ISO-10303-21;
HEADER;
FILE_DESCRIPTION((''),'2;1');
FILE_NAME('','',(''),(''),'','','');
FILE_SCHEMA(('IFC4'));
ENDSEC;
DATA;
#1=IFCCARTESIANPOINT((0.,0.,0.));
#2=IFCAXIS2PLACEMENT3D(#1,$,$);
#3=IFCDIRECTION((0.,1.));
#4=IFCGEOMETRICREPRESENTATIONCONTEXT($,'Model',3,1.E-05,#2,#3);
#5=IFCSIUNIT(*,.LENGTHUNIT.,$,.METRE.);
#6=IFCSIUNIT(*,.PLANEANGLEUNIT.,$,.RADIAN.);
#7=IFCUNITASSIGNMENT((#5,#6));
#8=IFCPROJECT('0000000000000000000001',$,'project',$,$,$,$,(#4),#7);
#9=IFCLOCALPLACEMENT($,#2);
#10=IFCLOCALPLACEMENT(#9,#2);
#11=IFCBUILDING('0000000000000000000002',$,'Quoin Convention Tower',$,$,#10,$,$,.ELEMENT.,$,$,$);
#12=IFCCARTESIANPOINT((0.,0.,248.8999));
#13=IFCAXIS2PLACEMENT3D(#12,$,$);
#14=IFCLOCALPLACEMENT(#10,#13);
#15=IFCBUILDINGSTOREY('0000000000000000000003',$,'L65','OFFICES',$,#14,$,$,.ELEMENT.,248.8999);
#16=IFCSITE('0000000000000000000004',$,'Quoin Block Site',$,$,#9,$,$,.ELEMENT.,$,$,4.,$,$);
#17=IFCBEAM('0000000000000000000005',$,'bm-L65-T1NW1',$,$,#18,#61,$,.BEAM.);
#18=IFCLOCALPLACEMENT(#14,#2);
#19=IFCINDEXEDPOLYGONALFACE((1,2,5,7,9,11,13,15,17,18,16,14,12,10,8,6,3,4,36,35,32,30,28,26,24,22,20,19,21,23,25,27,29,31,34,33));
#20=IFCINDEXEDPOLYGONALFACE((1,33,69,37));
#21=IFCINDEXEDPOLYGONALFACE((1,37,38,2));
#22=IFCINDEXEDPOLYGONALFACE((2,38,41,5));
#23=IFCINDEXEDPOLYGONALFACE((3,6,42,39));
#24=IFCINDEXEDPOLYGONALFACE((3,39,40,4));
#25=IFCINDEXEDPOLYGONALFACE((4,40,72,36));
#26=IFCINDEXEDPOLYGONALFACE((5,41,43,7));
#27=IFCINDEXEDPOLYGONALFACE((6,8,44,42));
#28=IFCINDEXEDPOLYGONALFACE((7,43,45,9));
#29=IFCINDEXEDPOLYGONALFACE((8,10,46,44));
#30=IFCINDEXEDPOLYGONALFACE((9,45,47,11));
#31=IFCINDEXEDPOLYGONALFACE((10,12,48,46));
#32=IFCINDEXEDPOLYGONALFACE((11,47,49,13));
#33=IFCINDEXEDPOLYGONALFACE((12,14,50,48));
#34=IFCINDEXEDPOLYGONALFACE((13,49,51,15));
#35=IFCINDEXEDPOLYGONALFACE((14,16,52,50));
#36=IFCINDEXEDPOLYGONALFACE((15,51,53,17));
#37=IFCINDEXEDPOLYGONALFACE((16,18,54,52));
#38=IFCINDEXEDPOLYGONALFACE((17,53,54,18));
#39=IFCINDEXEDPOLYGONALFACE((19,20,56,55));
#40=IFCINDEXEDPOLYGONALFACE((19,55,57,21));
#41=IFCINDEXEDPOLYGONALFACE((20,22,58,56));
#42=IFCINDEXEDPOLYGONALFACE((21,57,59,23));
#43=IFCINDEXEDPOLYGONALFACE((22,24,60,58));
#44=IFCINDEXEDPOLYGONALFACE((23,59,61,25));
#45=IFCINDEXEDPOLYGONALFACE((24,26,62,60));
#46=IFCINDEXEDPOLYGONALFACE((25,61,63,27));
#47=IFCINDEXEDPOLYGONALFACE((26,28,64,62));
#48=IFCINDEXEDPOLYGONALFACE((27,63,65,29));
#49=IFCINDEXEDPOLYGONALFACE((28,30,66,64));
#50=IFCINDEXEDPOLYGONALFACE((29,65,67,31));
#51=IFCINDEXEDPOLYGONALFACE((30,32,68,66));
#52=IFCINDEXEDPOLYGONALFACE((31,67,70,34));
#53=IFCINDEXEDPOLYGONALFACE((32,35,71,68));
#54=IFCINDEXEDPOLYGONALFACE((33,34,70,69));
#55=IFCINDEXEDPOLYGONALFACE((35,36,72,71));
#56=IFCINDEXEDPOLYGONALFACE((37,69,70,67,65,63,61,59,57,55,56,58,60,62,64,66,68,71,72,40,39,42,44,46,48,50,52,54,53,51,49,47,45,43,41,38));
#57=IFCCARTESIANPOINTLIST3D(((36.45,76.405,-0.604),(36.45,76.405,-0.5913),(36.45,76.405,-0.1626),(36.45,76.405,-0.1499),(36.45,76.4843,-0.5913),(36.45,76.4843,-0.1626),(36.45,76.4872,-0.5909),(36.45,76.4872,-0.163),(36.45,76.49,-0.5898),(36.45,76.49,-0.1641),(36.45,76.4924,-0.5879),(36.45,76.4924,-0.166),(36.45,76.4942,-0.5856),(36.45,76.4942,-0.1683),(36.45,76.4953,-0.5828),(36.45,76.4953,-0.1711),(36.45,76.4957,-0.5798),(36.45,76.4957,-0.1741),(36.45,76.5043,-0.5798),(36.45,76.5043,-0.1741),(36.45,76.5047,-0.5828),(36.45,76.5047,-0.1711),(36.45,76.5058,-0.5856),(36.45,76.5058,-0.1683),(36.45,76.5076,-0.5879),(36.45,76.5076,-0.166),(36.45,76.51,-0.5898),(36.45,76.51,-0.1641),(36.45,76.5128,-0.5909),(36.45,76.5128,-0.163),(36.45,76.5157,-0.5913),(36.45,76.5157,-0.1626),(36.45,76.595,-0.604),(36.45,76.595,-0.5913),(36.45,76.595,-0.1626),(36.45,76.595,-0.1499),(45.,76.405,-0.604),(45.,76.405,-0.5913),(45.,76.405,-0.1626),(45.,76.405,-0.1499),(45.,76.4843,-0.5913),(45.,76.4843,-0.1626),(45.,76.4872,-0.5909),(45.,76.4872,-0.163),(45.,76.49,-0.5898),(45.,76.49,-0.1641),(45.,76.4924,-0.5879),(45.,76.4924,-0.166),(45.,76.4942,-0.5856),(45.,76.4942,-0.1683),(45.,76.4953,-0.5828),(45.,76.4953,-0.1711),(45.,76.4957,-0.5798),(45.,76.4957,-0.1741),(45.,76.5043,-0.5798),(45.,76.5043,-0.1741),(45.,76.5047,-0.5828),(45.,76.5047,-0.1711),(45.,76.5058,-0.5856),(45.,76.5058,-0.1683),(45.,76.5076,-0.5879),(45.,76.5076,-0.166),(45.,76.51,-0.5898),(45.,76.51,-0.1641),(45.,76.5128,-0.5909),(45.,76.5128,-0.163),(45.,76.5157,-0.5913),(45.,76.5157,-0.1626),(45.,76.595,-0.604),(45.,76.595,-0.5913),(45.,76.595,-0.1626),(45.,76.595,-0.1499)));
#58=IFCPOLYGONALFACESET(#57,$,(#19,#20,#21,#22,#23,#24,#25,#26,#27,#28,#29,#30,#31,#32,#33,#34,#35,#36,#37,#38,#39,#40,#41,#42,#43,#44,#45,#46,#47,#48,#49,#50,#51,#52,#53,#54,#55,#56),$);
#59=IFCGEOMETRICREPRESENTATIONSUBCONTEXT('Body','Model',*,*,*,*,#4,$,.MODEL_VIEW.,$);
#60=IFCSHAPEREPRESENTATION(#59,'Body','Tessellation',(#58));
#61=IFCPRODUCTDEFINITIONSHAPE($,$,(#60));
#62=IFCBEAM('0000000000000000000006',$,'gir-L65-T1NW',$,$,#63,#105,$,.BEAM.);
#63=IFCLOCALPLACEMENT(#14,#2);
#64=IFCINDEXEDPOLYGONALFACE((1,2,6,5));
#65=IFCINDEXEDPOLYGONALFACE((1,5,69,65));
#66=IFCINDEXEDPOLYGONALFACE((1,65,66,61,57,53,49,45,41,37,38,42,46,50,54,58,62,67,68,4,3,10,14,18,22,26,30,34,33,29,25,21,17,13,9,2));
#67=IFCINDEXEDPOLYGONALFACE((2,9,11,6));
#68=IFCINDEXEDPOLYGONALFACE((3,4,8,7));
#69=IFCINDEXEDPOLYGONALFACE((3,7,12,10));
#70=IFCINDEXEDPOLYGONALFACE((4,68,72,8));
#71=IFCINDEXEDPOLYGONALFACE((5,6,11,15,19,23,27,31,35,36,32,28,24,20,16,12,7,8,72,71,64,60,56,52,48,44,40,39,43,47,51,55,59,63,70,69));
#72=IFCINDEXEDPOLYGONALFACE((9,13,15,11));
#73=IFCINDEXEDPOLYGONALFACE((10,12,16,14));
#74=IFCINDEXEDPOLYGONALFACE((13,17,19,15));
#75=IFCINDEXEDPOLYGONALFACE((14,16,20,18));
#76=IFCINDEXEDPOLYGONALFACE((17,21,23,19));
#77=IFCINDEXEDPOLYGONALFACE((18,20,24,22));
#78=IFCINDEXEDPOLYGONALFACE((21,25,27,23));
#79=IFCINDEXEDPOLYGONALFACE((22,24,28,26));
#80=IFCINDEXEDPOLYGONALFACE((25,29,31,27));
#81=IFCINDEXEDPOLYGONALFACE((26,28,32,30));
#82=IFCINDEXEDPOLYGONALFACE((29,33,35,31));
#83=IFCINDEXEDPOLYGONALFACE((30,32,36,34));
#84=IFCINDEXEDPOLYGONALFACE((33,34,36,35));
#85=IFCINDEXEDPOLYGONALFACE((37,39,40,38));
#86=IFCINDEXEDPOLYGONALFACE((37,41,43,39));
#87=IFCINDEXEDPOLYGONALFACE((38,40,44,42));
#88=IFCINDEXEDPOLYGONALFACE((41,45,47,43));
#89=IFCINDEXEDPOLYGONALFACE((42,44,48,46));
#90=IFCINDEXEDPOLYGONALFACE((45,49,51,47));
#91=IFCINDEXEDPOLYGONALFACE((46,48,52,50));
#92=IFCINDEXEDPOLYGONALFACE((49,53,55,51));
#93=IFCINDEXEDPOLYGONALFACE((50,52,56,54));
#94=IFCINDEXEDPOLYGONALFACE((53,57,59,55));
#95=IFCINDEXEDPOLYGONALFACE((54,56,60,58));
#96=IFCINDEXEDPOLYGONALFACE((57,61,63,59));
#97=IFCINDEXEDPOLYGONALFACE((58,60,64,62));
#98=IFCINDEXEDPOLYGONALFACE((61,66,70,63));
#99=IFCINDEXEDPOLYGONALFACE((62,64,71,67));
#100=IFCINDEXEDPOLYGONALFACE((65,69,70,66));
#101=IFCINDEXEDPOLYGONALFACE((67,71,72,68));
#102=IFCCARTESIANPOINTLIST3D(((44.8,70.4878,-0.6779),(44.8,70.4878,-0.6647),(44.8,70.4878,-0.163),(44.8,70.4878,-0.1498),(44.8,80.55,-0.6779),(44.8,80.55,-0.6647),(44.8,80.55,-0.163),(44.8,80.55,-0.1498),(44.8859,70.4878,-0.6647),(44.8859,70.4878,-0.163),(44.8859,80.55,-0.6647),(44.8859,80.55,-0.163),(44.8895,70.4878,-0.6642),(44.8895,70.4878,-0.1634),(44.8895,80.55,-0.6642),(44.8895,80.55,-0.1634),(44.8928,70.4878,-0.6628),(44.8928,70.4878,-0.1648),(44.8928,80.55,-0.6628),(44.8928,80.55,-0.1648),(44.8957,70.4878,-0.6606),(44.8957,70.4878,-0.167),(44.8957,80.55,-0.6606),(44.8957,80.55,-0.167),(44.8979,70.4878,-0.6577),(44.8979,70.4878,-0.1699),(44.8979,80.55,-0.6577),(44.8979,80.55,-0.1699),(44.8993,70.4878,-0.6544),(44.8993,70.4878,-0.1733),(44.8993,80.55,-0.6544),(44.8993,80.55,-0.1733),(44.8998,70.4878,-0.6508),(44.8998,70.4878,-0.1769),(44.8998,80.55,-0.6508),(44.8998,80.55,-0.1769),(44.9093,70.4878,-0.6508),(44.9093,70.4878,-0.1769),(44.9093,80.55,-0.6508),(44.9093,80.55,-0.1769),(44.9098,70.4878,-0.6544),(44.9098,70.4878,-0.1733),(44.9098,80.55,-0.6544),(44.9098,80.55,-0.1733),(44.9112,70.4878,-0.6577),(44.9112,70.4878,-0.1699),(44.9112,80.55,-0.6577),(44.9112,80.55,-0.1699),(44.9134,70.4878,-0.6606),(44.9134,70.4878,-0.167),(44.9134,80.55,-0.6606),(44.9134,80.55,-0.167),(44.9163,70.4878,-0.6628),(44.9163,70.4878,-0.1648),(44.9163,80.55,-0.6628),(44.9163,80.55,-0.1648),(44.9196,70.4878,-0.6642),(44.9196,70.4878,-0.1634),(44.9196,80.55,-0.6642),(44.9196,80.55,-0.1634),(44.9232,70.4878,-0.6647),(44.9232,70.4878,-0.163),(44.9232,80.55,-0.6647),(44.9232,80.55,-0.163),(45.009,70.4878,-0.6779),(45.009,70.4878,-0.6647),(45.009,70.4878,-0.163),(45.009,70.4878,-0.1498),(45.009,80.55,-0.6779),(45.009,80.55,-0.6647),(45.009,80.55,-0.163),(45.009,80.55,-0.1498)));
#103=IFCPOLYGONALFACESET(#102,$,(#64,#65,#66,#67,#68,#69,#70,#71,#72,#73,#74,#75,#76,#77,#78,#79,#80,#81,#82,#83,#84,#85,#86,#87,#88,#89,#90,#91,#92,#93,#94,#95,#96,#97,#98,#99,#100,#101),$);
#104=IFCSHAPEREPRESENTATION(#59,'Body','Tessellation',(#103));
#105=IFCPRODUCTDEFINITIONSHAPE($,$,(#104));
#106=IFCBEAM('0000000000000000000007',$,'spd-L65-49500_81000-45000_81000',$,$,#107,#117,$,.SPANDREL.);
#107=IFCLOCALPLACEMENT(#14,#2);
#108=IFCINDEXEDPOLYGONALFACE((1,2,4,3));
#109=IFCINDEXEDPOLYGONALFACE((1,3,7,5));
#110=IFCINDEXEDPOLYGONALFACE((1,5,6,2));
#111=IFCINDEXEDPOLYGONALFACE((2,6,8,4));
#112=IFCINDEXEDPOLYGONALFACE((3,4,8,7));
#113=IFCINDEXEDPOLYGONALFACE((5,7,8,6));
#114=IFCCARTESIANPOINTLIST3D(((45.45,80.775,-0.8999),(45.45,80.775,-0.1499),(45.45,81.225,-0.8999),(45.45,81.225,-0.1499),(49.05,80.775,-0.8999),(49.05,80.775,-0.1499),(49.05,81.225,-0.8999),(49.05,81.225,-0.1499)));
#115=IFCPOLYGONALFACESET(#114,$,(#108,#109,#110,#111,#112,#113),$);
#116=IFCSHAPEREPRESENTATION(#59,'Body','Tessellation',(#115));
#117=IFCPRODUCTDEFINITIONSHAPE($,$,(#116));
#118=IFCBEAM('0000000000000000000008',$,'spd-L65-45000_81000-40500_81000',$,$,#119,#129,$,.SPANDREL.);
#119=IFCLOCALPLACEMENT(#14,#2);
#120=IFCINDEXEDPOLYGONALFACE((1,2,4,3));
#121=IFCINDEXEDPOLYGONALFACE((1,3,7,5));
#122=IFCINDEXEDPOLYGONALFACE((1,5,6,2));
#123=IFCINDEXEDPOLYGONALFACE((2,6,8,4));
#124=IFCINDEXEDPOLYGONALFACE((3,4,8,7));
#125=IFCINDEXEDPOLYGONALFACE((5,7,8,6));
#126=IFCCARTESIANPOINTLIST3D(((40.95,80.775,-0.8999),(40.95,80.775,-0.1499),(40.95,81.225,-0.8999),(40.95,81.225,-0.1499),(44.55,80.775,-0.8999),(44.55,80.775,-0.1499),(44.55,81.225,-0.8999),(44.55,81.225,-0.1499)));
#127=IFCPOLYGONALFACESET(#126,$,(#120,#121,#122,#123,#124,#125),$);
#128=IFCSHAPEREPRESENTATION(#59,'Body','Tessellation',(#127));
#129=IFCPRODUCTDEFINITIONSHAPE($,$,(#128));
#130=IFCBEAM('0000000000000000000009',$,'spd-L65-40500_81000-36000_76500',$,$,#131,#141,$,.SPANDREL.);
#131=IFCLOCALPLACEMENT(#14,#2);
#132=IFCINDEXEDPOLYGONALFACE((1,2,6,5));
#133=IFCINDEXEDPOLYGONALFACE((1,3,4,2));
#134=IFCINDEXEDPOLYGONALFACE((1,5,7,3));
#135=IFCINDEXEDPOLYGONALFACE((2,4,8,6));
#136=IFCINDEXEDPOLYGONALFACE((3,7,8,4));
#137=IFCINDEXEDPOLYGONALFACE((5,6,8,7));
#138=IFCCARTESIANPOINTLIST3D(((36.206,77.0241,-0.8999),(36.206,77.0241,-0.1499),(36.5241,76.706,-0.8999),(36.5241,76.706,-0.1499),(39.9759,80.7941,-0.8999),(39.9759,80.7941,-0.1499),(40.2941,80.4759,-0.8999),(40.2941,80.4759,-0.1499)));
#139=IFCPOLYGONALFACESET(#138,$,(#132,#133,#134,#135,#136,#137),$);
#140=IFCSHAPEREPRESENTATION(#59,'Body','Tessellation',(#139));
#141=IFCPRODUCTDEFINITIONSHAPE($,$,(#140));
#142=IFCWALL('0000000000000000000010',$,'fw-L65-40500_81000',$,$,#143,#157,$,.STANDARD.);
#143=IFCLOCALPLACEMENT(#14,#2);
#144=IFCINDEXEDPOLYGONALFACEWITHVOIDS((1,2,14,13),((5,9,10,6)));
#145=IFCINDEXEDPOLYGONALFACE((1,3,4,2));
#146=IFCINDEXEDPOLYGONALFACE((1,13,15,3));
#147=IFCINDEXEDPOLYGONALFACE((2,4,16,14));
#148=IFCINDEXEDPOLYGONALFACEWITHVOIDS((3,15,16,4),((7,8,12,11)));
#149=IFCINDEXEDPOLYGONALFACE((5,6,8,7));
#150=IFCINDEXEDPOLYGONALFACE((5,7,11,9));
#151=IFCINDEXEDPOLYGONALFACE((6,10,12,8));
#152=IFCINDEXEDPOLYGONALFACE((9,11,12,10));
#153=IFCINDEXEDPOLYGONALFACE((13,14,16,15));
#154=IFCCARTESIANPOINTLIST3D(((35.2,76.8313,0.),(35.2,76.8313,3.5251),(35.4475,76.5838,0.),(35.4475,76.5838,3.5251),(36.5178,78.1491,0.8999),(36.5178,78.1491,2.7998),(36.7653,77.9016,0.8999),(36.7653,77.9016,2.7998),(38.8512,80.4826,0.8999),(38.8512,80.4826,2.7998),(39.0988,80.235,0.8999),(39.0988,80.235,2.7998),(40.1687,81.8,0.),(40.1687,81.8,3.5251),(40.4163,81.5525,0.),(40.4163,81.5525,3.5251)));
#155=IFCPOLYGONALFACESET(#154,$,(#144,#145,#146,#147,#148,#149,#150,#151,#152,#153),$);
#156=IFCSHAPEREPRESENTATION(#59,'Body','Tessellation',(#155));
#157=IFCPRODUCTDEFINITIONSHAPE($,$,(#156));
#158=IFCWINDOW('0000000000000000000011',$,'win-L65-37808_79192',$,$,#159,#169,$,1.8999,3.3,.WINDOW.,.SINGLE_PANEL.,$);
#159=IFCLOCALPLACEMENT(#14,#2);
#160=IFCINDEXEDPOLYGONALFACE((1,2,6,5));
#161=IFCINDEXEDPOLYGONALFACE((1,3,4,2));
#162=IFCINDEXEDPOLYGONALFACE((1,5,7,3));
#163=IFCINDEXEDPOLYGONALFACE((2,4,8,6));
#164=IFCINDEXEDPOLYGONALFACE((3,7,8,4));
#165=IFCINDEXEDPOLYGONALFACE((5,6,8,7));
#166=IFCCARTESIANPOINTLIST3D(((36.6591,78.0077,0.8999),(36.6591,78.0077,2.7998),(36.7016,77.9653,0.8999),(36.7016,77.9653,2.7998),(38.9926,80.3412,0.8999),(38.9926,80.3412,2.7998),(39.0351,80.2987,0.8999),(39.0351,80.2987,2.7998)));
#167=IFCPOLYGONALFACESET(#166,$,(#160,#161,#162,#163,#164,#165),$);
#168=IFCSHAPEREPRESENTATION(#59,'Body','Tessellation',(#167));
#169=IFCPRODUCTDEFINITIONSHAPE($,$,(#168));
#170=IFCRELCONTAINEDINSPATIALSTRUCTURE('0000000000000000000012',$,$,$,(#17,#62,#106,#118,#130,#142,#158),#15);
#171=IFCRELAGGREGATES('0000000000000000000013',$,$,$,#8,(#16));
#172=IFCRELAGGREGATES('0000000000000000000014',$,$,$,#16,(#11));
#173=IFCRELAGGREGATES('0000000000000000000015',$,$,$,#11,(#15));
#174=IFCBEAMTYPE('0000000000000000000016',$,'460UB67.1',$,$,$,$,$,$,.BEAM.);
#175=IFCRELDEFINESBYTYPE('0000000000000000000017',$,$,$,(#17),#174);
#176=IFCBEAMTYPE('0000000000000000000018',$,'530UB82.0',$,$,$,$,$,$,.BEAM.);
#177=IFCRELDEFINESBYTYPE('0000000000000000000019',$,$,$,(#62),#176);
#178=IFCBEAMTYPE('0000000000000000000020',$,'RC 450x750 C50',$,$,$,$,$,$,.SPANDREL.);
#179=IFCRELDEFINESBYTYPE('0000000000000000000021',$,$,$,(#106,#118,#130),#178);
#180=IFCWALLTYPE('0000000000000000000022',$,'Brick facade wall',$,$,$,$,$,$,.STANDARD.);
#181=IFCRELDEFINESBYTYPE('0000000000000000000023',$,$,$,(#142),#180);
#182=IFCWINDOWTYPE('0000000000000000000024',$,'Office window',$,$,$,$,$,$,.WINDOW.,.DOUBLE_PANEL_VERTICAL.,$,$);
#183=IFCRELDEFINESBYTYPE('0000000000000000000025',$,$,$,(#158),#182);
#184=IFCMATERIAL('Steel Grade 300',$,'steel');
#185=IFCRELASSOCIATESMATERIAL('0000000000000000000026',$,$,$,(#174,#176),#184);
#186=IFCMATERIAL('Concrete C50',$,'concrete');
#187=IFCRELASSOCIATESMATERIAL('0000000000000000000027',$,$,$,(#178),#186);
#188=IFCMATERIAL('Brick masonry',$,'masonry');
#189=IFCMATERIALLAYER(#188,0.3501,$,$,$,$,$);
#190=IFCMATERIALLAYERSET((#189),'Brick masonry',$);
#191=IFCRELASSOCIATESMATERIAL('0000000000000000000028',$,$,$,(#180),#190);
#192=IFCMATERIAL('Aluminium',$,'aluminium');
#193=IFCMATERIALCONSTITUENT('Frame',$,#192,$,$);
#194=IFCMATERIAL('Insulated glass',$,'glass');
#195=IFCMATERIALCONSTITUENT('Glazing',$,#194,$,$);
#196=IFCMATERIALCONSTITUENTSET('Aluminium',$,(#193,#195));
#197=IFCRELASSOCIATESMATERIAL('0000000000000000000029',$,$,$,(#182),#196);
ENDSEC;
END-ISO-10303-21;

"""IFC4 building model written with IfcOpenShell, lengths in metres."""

from ifc_helpers import new_model, si_unit, direction, frame, frame_2d, origin, origin_2d, place, context, subcontext, project, spatial, rectangle, i_section, extrude, material, layer, layer_set, constituent, constituent_set, material_profile, profile_set, type_object, element, fill, save


model = new_model("IFC4")

# Units and contexts
model_context = context("Model", 3, precision=1e-05, world=origin(), true_north=direction((0.0, 1.0)))
body_context = subcontext(model_context, "Body", "Model", "MODEL_VIEW")
ifc_project = project(units=[si_unit("LENGTHUNIT", "METRE"), si_unit("PLANEANGLEUNIT", "RADIAN")], contexts=[model_context])

# Site, building, storey
site_placement = place(None, origin())
site = spatial("IfcSite", under=ifc_project, at=site_placement, Name="Quoin Block Site", CompositionType="ELEMENT", RefElevation=4.0)
building_placement = place(site_placement, origin())
building = spatial("IfcBuilding", under=site, at=building_placement, Name="Quoin Convention Tower", CompositionType="ELEMENT")
storey_placement = place(building_placement, frame((0.0, 0.0, 248.8999)))
storey = spatial("IfcBuildingStorey", under=building, at=storey_placement, Name="L65", Description="OFFICES", CompositionType="ELEMENT", Elevation=248.8999)

# Shared definitions
ifc_material_1 = material(Name="Concrete C50", Category="concrete")

# Beams
ifc_material_2 = material(Name="Steel Grade 300", Category="steel")
ifc_material_profile_1 = material_profile(ifc_material_2, i_section(OverallWidth=0.1899, OverallDepth=0.4541, WebThickness=0.0085, FlangeThickness=0.0127, FilletRadius=0.0115, at=origin_2d()), Name="460UB67.1")
ifc_profile_set_1 = profile_set([ifc_material_profile_1], Name="Steel Grade 300")
beam_type_1 = type_object("IfcBeamType", Name="460UB67.1", PredefinedType="BEAM", material=ifc_profile_set_1)
beam_1_placement = place(storey_placement, frame((36.45, 76.5, -0.377), z_axis=(1.0, 0.0, 0.0), x_axis=(0.0, 1.0, 0.0)))
element("IfcBeam", 1, at=beam_1_placement, inside=storey, type_object=beam_type_1, Name="bm-L65-T1NW1", PredefinedType="BEAM", context=body_context, shape_type="SweptSolid", body=[
    extrude(i_section(OverallWidth=0.1899, OverallDepth=0.4541, WebThickness=0.0085, FlangeThickness=0.0127, FilletRadius=0.0115, at=origin_2d()), origin(), (0.0, 0.0, 1.0), 8.55),
])
ifc_material_profile_2 = material_profile(ifc_material_2, i_section(OverallWidth=0.209, OverallDepth=0.5281, WebThickness=0.0095, FlangeThickness=0.0132, FilletRadius=0.0139, at=origin_2d()), Name="530UB82.0")
ifc_profile_set_2 = profile_set([ifc_material_profile_2], Name="Steel Grade 300")
beam_type_2 = type_object("IfcBeamType", Name="530UB82.0", PredefinedType="BEAM", material=ifc_profile_set_2)
beam_2_placement = place(storey_placement, frame((44.9045, 80.55, -0.4138), z_axis=(0.0, -1.0, 0.0), x_axis=(1.0, 0.0, 0.0)))
element("IfcBeam", 2, at=beam_2_placement, inside=storey, type_object=beam_type_2, Name="gir-L65-T1NW", PredefinedType="BEAM", context=body_context, shape_type="SweptSolid", body=[
    extrude(i_section(OverallWidth=0.209, OverallDepth=0.5281, WebThickness=0.0095, FlangeThickness=0.0132, FilletRadius=0.0139, at=origin_2d()), origin(), (0.0, 0.0, 1.0), 10.0623),
])
ifc_material_profile_3 = material_profile(ifc_material_1, rectangle(XDim=0.45, YDim=0.75, at=origin_2d()), Name="RC 450x750")
ifc_profile_set_3 = profile_set([ifc_material_profile_3], Name="Concrete C50")
beam_type_3 = type_object("IfcBeamType", Name="RC 450x750 C50", PredefinedType="SPANDREL", material=ifc_profile_set_3)
for number, where, z_axis, x_axis, name in (
    (3, (49.05, 81.0, -0.5249), (-1.0, 0.0, 0.0), (0.0, -1.0, 0.0), "spd-L65-49500_81000-45000_81000"),
    (4, (44.55, 81.0, -0.5249), (-1.0, 0.0, 0.0), (0.0, -1.0, 0.0), "spd-L65-45000_81000-40500_81000"),
):
    element("IfcBeam", number, at=place(storey_placement, frame(where, z_axis=z_axis, x_axis=x_axis)), inside=storey, type_object=beam_type_3, Name=name, PredefinedType="SPANDREL", context=body_context, shape_type="SweptSolid", body=[
        extrude(rectangle(XDim=0.45, YDim=0.75, at=origin_2d()), origin(), (0.0, 0.0, 1.0), 3.6001),
    ])
beam_3_placement = place(storey_placement, frame((40.135, 80.635, -0.5249), z_axis=(-0.707107, -0.707107, 0.0), x_axis=(0.707107, -0.707107, 0.0)))
element("IfcBeam", 5, at=beam_3_placement, inside=storey, type_object=beam_type_3, Name="spd-L65-40500_81000-36000_76500", PredefinedType="SPANDREL", context=body_context, shape_type="SweptSolid", body=[
    extrude(rectangle(XDim=0.45, YDim=0.75, at=origin_2d()), origin(), (0.0, 0.0, 1.0), 5.3315),
])

# Wall, opening, window
ifc_material_3 = material(Name="Brick masonry", Category="masonry")
ifc_layer_1 = layer(ifc_material_3, 0.3501)
ifc_layer_set_1 = layer_set([ifc_layer_1], Name="Brick masonry")
wall_type_1 = type_object("IfcWallType", Name="Brick facade wall", PredefinedType="STANDARD", material=ifc_layer_set_1)
wall_1_placement = place(storey_placement, frame((40.2925, 81.6763, 0.0), z_axis=(0.0, 0.0, 1.0), x_axis=(-0.707107, -0.707107, 0.0)))
wall_1 = element("IfcWall", 6, at=wall_1_placement, inside=storey, type_object=wall_type_1, Name="fw-L65-40500_81000", PredefinedType="STANDARD", context=body_context, shape_type="SweptSolid", body=[
    extrude(rectangle(XDim=7.0269, YDim=0.3501, at=frame_2d((3.5134, 0.0))), origin(), (0.0, 0.0, 1.0), 3.5251),
])
opening_1_placement = place(wall_1_placement, frame((1.8633, 0.0, 0.8999)))
opening_1 = element("IfcOpeningElement", 7, at=opening_1_placement, cuts=wall_1, PredefinedType="OPENING", context=body_context, shape_type="SweptSolid", body=[
    extrude(rectangle(XDim=3.3, YDim=1.8999, at=frame_2d((1.6499, 0.95))), frame((0.0, 0.1851, 0.0), z_axis=(0.0, -1.0, 0.0), x_axis=(1.0, 0.0, 0.0)), (0.0, 0.0, 1.0), 0.3701),
])
ifc_material_4 = material(Name="Aluminium", Category="aluminium")
ifc_constituent_1 = constituent(ifc_material_4, Name="Frame")
ifc_material_5 = material(Name="Insulated glass", Category="glass")
ifc_constituent_2 = constituent(ifc_material_5, Name="Glazing")
ifc_constituent_set = constituent_set(constituents=[ifc_constituent_1, ifc_constituent_2], Name="Aluminium")
window_type = type_object("IfcWindowType", Name="Office window", PartitioningType="DOUBLE_PANEL_VERTICAL", PredefinedType="WINDOW", material=ifc_constituent_set)
window_placement = place(opening_1_placement, origin())
window = element("IfcWindow", 8, at=window_placement, inside=storey, type_object=window_type, Name="win-L65-37808_79192", OverallHeight=1.8999, OverallWidth=3.3, PartitioningType="SINGLE_PANEL", PredefinedType="WINDOW", context=body_context, shape_type="SweptSolid", body=[
    extrude(rectangle(XDim=3.3, YDim=1.8999, at=frame_2d((1.6499, 0.95))), frame((0.0, 0.085, 0.0), z_axis=(0.0, -1.0, 0.0), x_axis=(1.0, 0.0, 0.0)), (0.0, 0.0, 1.0), 0.0601),
])
fill(opening_1, window)

save(model, "model.ifc")
